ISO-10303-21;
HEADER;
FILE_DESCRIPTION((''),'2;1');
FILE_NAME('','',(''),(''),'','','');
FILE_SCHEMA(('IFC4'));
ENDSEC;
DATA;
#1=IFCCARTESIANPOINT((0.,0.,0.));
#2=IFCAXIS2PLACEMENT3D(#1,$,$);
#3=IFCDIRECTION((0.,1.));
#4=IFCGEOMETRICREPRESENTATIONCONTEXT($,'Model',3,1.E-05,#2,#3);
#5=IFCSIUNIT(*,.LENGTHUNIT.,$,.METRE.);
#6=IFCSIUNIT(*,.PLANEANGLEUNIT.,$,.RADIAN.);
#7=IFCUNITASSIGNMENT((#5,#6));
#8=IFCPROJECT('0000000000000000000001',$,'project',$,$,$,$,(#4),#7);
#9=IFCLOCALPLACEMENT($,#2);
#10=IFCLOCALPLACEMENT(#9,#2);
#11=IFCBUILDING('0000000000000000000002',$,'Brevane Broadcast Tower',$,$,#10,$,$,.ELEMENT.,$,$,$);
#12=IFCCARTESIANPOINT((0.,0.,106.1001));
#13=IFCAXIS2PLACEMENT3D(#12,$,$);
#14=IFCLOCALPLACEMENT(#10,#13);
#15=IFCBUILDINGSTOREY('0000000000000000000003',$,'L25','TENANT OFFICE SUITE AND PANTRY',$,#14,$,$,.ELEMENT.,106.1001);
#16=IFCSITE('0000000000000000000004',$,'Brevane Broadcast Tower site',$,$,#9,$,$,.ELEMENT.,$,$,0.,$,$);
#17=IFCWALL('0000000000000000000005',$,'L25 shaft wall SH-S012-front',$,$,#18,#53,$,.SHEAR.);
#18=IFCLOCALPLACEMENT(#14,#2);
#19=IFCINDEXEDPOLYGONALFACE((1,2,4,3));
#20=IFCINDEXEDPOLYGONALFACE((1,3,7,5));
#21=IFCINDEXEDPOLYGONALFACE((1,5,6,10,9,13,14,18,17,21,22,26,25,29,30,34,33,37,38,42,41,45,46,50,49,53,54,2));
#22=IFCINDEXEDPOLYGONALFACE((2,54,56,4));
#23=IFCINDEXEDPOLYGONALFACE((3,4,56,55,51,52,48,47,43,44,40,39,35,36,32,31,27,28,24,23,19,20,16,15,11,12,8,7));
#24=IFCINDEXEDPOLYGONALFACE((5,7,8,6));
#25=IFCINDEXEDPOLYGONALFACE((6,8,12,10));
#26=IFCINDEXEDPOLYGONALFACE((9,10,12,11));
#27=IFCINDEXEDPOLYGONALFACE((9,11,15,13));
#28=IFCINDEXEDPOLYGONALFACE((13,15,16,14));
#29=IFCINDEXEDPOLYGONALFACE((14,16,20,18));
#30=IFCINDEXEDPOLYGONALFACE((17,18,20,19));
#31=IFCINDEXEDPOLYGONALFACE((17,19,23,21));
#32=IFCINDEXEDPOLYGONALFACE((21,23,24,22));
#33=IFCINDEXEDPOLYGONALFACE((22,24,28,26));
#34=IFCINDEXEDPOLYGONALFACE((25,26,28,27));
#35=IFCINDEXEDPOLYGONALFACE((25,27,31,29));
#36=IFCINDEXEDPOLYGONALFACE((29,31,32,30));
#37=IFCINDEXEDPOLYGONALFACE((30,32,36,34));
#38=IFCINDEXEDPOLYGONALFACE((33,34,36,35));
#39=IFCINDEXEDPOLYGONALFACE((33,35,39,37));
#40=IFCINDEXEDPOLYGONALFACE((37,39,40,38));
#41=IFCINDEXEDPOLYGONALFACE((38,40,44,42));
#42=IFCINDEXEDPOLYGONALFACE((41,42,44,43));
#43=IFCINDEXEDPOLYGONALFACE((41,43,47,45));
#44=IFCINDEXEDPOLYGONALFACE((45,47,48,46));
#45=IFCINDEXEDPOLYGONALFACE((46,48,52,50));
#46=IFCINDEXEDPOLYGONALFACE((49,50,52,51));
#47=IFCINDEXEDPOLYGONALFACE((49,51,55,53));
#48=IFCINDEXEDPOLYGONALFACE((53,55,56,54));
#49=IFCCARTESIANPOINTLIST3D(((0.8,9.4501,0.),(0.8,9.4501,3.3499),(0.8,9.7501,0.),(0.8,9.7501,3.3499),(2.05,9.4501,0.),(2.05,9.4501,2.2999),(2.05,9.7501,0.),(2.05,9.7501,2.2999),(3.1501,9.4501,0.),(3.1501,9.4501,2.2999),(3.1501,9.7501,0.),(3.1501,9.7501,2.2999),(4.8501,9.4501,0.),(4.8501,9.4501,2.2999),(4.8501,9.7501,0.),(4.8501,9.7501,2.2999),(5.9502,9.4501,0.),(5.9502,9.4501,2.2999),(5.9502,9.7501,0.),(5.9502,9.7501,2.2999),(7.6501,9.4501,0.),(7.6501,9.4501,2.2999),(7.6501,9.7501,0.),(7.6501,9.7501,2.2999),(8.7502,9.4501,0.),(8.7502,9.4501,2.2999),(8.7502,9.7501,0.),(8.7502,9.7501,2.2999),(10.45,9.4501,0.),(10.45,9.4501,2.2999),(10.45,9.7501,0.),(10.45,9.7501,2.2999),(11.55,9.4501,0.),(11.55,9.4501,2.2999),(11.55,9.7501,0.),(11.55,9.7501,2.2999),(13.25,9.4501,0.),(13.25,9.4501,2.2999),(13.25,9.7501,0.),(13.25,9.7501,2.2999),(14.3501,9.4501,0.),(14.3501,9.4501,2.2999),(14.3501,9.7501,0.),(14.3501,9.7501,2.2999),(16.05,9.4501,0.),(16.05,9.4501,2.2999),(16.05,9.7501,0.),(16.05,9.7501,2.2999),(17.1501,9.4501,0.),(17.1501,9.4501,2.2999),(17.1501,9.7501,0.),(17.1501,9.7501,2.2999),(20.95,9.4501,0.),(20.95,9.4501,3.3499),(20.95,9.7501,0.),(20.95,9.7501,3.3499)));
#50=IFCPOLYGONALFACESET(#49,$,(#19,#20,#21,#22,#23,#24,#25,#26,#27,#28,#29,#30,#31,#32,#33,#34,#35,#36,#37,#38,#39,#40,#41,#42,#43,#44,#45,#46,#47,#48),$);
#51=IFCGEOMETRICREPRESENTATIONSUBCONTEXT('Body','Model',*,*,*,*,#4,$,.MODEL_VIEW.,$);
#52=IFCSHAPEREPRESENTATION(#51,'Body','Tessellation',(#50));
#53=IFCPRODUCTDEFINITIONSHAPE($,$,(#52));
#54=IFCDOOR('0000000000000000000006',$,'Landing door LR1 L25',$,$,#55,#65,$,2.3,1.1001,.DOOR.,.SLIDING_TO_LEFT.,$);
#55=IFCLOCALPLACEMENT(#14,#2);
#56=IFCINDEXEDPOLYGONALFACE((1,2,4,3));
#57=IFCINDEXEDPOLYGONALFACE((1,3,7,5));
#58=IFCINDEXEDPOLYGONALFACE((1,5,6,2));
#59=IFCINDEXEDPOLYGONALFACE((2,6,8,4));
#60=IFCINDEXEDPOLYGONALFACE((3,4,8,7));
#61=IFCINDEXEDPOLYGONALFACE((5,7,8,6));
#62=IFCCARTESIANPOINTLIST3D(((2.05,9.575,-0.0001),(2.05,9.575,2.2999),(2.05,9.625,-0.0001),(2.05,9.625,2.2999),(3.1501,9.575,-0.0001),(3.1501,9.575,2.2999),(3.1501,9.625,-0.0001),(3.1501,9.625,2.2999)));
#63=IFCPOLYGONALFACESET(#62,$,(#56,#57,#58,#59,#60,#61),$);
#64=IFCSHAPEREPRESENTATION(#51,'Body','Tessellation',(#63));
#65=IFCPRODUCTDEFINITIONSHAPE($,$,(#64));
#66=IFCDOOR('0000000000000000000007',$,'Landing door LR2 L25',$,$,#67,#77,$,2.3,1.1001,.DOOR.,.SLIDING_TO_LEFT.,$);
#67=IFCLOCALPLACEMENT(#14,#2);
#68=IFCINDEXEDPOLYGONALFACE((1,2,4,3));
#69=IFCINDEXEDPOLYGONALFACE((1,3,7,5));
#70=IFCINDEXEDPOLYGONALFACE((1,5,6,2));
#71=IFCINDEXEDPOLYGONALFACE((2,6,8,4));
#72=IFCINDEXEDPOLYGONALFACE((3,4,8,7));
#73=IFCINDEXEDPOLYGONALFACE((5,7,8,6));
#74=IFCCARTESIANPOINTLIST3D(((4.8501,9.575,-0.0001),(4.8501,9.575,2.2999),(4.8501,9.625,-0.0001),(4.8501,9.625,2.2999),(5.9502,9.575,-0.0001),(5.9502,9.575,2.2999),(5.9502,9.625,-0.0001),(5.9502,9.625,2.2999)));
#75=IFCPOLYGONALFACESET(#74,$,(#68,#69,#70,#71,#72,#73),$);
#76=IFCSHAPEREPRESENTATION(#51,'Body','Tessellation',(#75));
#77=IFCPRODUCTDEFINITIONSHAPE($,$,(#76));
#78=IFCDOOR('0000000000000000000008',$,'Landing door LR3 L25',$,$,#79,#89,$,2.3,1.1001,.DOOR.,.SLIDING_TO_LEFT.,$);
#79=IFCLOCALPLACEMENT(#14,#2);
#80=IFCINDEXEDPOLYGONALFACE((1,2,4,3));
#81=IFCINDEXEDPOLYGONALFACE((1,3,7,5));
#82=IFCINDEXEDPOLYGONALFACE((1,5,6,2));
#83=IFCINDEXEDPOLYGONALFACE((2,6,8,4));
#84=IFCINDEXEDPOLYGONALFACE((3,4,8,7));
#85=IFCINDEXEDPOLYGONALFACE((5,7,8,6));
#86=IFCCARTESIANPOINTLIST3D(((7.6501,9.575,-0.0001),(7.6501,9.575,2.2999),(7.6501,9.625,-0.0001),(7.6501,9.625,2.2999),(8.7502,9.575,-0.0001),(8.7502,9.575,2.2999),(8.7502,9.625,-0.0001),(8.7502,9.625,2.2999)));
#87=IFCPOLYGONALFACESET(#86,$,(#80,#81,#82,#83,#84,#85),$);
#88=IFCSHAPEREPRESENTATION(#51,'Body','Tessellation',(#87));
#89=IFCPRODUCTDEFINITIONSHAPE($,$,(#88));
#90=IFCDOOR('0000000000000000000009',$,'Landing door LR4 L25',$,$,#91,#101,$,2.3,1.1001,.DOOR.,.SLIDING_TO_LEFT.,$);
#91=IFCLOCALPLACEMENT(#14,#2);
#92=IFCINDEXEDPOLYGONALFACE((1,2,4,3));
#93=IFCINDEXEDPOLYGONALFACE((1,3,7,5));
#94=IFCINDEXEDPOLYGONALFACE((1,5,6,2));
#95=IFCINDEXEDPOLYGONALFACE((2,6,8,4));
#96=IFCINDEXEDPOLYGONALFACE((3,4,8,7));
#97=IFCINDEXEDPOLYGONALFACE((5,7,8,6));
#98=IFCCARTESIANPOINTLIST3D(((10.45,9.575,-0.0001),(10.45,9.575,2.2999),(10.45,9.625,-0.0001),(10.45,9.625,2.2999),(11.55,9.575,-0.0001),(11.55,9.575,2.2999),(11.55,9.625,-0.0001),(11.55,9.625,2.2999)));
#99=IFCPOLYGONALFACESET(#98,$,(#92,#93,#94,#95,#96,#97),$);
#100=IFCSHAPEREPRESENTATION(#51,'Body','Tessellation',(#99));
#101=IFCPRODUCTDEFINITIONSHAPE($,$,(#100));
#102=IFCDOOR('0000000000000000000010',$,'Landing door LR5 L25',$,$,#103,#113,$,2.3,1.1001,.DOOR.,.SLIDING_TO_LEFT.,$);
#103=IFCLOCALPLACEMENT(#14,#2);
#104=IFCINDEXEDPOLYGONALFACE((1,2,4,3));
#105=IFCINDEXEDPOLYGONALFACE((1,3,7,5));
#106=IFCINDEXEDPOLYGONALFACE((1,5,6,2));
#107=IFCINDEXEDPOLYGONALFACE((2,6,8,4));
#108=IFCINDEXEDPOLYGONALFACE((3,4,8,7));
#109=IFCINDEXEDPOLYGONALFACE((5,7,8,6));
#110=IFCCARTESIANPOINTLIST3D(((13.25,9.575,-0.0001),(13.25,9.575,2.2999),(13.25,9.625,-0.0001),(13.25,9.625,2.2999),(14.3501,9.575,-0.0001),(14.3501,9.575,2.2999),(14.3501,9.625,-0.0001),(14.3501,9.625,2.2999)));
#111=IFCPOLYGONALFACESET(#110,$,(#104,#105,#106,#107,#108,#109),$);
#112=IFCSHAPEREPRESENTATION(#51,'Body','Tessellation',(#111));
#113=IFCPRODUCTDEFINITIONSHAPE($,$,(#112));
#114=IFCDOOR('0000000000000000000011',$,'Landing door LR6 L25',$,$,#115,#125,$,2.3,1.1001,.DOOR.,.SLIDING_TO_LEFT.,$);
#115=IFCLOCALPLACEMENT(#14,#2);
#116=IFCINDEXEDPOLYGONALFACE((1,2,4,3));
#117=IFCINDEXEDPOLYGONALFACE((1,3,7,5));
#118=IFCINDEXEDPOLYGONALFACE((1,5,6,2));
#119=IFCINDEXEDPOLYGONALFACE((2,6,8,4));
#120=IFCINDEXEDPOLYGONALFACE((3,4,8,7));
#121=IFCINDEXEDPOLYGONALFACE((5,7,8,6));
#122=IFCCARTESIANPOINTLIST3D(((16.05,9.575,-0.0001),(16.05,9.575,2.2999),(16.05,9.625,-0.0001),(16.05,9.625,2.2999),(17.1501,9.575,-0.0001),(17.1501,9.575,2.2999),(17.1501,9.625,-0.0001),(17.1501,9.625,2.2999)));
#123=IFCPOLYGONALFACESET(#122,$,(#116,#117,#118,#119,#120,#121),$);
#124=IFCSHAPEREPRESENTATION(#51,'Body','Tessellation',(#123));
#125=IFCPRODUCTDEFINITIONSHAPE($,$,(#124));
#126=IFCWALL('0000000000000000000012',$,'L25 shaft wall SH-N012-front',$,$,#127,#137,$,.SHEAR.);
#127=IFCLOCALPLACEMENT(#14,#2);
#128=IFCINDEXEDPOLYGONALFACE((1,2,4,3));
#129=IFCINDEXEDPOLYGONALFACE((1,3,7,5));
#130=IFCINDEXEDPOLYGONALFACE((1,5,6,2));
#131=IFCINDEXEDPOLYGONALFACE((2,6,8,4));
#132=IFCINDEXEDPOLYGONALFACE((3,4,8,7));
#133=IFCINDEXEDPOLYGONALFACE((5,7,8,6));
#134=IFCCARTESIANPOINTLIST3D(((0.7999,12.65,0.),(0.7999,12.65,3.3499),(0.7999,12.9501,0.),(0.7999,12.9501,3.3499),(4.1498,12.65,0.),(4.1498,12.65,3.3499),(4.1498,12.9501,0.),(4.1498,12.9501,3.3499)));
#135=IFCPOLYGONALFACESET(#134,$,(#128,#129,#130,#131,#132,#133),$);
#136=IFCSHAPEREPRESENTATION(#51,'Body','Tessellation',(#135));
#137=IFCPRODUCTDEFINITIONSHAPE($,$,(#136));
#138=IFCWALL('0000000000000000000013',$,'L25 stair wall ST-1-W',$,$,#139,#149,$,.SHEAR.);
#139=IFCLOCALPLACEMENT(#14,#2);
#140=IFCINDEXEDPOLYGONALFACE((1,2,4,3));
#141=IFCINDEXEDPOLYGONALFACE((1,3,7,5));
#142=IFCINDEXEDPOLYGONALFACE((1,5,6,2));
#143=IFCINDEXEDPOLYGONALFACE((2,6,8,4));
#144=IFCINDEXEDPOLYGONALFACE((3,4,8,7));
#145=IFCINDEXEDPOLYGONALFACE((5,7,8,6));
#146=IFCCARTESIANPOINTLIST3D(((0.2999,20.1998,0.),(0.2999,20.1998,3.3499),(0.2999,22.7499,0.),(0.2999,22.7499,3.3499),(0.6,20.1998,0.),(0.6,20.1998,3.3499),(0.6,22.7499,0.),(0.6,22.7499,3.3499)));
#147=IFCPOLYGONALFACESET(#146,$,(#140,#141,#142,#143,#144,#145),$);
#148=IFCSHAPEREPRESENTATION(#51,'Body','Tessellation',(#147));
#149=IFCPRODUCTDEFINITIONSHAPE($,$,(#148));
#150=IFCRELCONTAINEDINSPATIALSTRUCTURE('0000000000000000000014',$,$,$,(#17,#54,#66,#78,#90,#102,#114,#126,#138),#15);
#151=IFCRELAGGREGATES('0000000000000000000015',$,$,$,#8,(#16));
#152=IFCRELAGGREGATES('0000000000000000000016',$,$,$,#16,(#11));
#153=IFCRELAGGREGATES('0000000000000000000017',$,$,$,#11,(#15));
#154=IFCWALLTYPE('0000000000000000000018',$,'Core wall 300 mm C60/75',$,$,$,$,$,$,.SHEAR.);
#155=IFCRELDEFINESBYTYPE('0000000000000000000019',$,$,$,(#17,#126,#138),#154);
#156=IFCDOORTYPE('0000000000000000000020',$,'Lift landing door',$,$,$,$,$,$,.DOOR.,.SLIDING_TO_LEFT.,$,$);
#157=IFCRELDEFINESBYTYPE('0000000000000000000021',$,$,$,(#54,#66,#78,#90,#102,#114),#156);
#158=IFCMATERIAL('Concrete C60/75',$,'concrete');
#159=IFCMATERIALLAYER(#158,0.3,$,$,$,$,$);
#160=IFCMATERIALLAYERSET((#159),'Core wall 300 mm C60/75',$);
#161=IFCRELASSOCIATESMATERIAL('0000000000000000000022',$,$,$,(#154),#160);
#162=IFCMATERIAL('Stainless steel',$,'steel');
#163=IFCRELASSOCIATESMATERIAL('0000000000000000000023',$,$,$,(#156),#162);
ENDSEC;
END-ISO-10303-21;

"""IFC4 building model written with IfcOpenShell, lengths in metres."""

from ifc_helpers import new_model, si_unit, direction, frame, frame_2d, origin, place, context, subcontext, project, spatial, rectangle, extrude, material, layer, layer_set, type_object, element, fill, save


model = new_model("IFC4")

# Units and contexts
model_context = context("Model", 3, precision=1e-05, world=origin(), true_north=direction((0.0, 1.0)))
body_context = subcontext(model_context, "Body", "Model", "MODEL_VIEW")
ifc_project = project(units=[si_unit("LENGTHUNIT", "METRE"), si_unit("PLANEANGLEUNIT", "RADIAN")], contexts=[model_context])

# Site, building, storey
site_placement = place(None, origin())
site = spatial("IfcSite", under=ifc_project, at=site_placement, Name="Brevane Broadcast Tower site", CompositionType="ELEMENT", RefElevation=0.0)
building_placement = place(site_placement, origin())
building = spatial("IfcBuilding", under=site, at=building_placement, Name="Brevane Broadcast Tower", CompositionType="ELEMENT")
storey_placement = place(building_placement, frame((0.0, 0.0, 106.1001)))
storey = spatial("IfcBuildingStorey", under=building, at=storey_placement, Name="L25", Description="TENANT OFFICE SUITE AND PANTRY", CompositionType="ELEMENT", Elevation=106.1001)

# Wall, openings, doors
ifc_material_1 = material(Name="Concrete C60/75", Category="concrete")
ifc_layer_1 = layer(ifc_material_1, 0.3)
ifc_layer_set_1 = layer_set([ifc_layer_1], Name="Core wall 300 mm C60/75")
wall_type_1 = type_object("IfcWallType", Name="Core wall 300 mm C60/75", PredefinedType="SHEAR", material=ifc_layer_set_1)
wall_1_placement = place(storey_placement, frame((0.8, 9.6001, 0.0), z_axis=(0.0, 0.0, 1.0), x_axis=(1.0, 0.0, 0.0)))
wall_1 = element("IfcWall", 1, at=wall_1_placement, inside=storey, type_object=wall_type_1, Name="L25 shaft wall SH-S012-front", PredefinedType="SHEAR", context=body_context, shape_type="SweptSolid", body=[
    extrude(rectangle(XDim=20.1499, YDim=0.3, at=frame_2d((10.075, 0.0))), origin(), (0.0, 0.0, 1.0), 3.3499),
])
opening_1_placement = place(wall_1_placement, frame((1.25, 0.0, 0.0)))
opening_1 = element("IfcOpeningElement", 2, at=opening_1_placement, cuts=wall_1, PredefinedType="OPENING", context=body_context, shape_type="SweptSolid", body=[
    extrude(rectangle(XDim=1.1001, YDim=2.3, at=frame_2d((0.55, 1.1499))), frame((0.0, 0.1599, 0.0), z_axis=(0.0, -1.0, 0.0), x_axis=(1.0, 0.0, 0.0)), (0.0, 0.0, 1.0), 0.3201),
])
opening_2_placement = place(wall_1_placement, frame((4.05, 0.0, 0.0)))
opening_2 = element("IfcOpeningElement", 3, at=opening_2_placement, cuts=wall_1, PredefinedType="OPENING", context=body_context, shape_type="SweptSolid", body=[
    extrude(rectangle(XDim=1.1001, YDim=2.3, at=frame_2d((0.55, 1.1499))), frame((0.0, 0.1599, 0.0), z_axis=(0.0, -1.0, 0.0), x_axis=(1.0, 0.0, 0.0)), (0.0, 0.0, 1.0), 0.3201),
])
opening_3_placement = place(wall_1_placement, frame((6.8501, 0.0, 0.0)))
opening_3 = element("IfcOpeningElement", 4, at=opening_3_placement, cuts=wall_1, PredefinedType="OPENING", context=body_context, shape_type="SweptSolid", body=[
    extrude(rectangle(XDim=1.1001, YDim=2.3, at=frame_2d((0.55, 1.1499))), frame((0.0, 0.1599, 0.0), z_axis=(0.0, -1.0, 0.0), x_axis=(1.0, 0.0, 0.0)), (0.0, 0.0, 1.0), 0.3201),
])
opening_4_placement = place(wall_1_placement, frame((9.6499, 0.0, 0.0)))
opening_4 = element("IfcOpeningElement", 5, at=opening_4_placement, cuts=wall_1, PredefinedType="OPENING", context=body_context, shape_type="SweptSolid", body=[
    extrude(rectangle(XDim=1.1001, YDim=2.3, at=frame_2d((0.55, 1.1499))), frame((0.0, 0.1599, 0.0), z_axis=(0.0, -1.0, 0.0), x_axis=(1.0, 0.0, 0.0)), (0.0, 0.0, 1.0), 0.3201),
])
opening_5_placement = place(wall_1_placement, frame((12.45, 0.0, 0.0)))
opening_5 = element("IfcOpeningElement", 6, at=opening_5_placement, cuts=wall_1, PredefinedType="OPENING", context=body_context, shape_type="SweptSolid", body=[
    extrude(rectangle(XDim=1.1001, YDim=2.3, at=frame_2d((0.55, 1.1499))), frame((0.0, 0.1599, 0.0), z_axis=(0.0, -1.0, 0.0), x_axis=(1.0, 0.0, 0.0)), (0.0, 0.0, 1.0), 0.3201),
])
opening_6_placement = place(wall_1_placement, frame((15.25, 0.0, 0.0)))
opening_6 = element("IfcOpeningElement", 7, at=opening_6_placement, cuts=wall_1, PredefinedType="OPENING", context=body_context, shape_type="SweptSolid", body=[
    extrude(rectangle(XDim=1.1001, YDim=2.3, at=frame_2d((0.55, 1.1499))), frame((0.0, 0.1599, 0.0), z_axis=(0.0, -1.0, 0.0), x_axis=(1.0, 0.0, 0.0)), (0.0, 0.0, 1.0), 0.3201),
])
ifc_material_2 = material(Name="Stainless steel", Category="steel")
door_type = type_object("IfcDoorType", Name="Lift landing door", OperationType="SLIDING_TO_LEFT", PredefinedType="DOOR", material=ifc_material_2)
door_1_placement = place(opening_1_placement, origin())
door_1 = element("IfcDoor", 8, at=door_1_placement, inside=storey, type_object=door_type, Name="Landing door LR1 L25", OperationType="SLIDING_TO_LEFT", OverallHeight=2.3, OverallWidth=1.1001, PredefinedType="DOOR", context=body_context, shape_type="SweptSolid", body=[
    extrude(rectangle(XDim=1.1001, YDim=2.3, at=frame_2d((0.55, 1.1499))), frame((0.0, 0.0249, 0.0), z_axis=(0.0, -1.0, 0.0), x_axis=(1.0, 0.0, 0.0)), (0.0, 0.0, 1.0), 0.05),
])
fill(opening_1, door_1)
door_2_placement = place(opening_2_placement, origin())
door_2 = element("IfcDoor", 9, at=door_2_placement, inside=storey, type_object=door_type, Name="Landing door LR2 L25", OperationType="SLIDING_TO_LEFT", OverallHeight=2.3, OverallWidth=1.1001, PredefinedType="DOOR", context=body_context, shape_type="SweptSolid", body=[
    extrude(rectangle(XDim=1.1001, YDim=2.3, at=frame_2d((0.55, 1.1499))), frame((0.0, 0.0249, 0.0), z_axis=(0.0, -1.0, 0.0), x_axis=(1.0, 0.0, 0.0)), (0.0, 0.0, 1.0), 0.05),
])
fill(opening_2, door_2)
door_3_placement = place(opening_3_placement, origin())
door_3 = element("IfcDoor", 10, at=door_3_placement, inside=storey, type_object=door_type, Name="Landing door LR3 L25", OperationType="SLIDING_TO_LEFT", OverallHeight=2.3, OverallWidth=1.1001, PredefinedType="DOOR", context=body_context, shape_type="SweptSolid", body=[
    extrude(rectangle(XDim=1.1001, YDim=2.3, at=frame_2d((0.55, 1.1499))), frame((0.0, 0.0249, 0.0), z_axis=(0.0, -1.0, 0.0), x_axis=(1.0, 0.0, 0.0)), (0.0, 0.0, 1.0), 0.05),
])
fill(opening_3, door_3)
door_4_placement = place(opening_4_placement, origin())
door_4 = element("IfcDoor", 11, at=door_4_placement, inside=storey, type_object=door_type, Name="Landing door LR4 L25", OperationType="SLIDING_TO_LEFT", OverallHeight=2.3, OverallWidth=1.1001, PredefinedType="DOOR", context=body_context, shape_type="SweptSolid", body=[
    extrude(rectangle(XDim=1.1001, YDim=2.3, at=frame_2d((0.55, 1.1499))), frame((0.0, 0.0249, 0.0), z_axis=(0.0, -1.0, 0.0), x_axis=(1.0, 0.0, 0.0)), (0.0, 0.0, 1.0), 0.05),
])
fill(opening_4, door_4)
door_5_placement = place(opening_5_placement, origin())
door_5 = element("IfcDoor", 12, at=door_5_placement, inside=storey, type_object=door_type, Name="Landing door LR5 L25", OperationType="SLIDING_TO_LEFT", OverallHeight=2.3, OverallWidth=1.1001, PredefinedType="DOOR", context=body_context, shape_type="SweptSolid", body=[
    extrude(rectangle(XDim=1.1001, YDim=2.3, at=frame_2d((0.55, 1.1499))), frame((0.0, 0.0249, 0.0), z_axis=(0.0, -1.0, 0.0), x_axis=(1.0, 0.0, 0.0)), (0.0, 0.0, 1.0), 0.05),
])
fill(opening_5, door_5)
door_6_placement = place(opening_6_placement, origin())
door_6 = element("IfcDoor", 13, at=door_6_placement, inside=storey, type_object=door_type, Name="Landing door LR6 L25", OperationType="SLIDING_TO_LEFT", OverallHeight=2.3, OverallWidth=1.1001, PredefinedType="DOOR", context=body_context, shape_type="SweptSolid", body=[
    extrude(rectangle(XDim=1.1001, YDim=2.3, at=frame_2d((0.55, 1.1499))), frame((0.0, 0.0249, 0.0), z_axis=(0.0, -1.0, 0.0), x_axis=(1.0, 0.0, 0.0)), (0.0, 0.0, 1.0), 0.05),
])
fill(opening_6, door_6)

# Walls
wall_2_placement = place(storey_placement, frame((0.8, 12.8, 0.0), z_axis=(0.0, 0.0, 1.0), x_axis=(1.0, 0.0, 0.0)))
element("IfcWall", 14, at=wall_2_placement, inside=storey, type_object=wall_type_1, Name="L25 shaft wall SH-N012-front", PredefinedType="SHEAR", context=body_context, shape_type="SweptSolid", body=[
    extrude(rectangle(XDim=3.3499, YDim=0.3, at=frame_2d((1.6748, 0.0))), origin(), (0.0, 0.0, 1.0), 3.3499),
])
wall_3_placement = place(storey_placement, frame((0.45, 20.2, 0.0), z_axis=(0.0, 0.0, 1.0), x_axis=(0.0, 1.0, 0.0)))
element("IfcWall", 15, at=wall_3_placement, inside=storey, type_object=wall_type_1, Name="L25 stair wall ST-1-W", PredefinedType="SHEAR", context=body_context, shape_type="SweptSolid", body=[
    extrude(rectangle(XDim=2.55, YDim=0.3, at=frame_2d((1.2749, 0.0))), origin(), (0.0, 0.0, 1.0), 3.3499),
])

save(model, "model.ifc")
